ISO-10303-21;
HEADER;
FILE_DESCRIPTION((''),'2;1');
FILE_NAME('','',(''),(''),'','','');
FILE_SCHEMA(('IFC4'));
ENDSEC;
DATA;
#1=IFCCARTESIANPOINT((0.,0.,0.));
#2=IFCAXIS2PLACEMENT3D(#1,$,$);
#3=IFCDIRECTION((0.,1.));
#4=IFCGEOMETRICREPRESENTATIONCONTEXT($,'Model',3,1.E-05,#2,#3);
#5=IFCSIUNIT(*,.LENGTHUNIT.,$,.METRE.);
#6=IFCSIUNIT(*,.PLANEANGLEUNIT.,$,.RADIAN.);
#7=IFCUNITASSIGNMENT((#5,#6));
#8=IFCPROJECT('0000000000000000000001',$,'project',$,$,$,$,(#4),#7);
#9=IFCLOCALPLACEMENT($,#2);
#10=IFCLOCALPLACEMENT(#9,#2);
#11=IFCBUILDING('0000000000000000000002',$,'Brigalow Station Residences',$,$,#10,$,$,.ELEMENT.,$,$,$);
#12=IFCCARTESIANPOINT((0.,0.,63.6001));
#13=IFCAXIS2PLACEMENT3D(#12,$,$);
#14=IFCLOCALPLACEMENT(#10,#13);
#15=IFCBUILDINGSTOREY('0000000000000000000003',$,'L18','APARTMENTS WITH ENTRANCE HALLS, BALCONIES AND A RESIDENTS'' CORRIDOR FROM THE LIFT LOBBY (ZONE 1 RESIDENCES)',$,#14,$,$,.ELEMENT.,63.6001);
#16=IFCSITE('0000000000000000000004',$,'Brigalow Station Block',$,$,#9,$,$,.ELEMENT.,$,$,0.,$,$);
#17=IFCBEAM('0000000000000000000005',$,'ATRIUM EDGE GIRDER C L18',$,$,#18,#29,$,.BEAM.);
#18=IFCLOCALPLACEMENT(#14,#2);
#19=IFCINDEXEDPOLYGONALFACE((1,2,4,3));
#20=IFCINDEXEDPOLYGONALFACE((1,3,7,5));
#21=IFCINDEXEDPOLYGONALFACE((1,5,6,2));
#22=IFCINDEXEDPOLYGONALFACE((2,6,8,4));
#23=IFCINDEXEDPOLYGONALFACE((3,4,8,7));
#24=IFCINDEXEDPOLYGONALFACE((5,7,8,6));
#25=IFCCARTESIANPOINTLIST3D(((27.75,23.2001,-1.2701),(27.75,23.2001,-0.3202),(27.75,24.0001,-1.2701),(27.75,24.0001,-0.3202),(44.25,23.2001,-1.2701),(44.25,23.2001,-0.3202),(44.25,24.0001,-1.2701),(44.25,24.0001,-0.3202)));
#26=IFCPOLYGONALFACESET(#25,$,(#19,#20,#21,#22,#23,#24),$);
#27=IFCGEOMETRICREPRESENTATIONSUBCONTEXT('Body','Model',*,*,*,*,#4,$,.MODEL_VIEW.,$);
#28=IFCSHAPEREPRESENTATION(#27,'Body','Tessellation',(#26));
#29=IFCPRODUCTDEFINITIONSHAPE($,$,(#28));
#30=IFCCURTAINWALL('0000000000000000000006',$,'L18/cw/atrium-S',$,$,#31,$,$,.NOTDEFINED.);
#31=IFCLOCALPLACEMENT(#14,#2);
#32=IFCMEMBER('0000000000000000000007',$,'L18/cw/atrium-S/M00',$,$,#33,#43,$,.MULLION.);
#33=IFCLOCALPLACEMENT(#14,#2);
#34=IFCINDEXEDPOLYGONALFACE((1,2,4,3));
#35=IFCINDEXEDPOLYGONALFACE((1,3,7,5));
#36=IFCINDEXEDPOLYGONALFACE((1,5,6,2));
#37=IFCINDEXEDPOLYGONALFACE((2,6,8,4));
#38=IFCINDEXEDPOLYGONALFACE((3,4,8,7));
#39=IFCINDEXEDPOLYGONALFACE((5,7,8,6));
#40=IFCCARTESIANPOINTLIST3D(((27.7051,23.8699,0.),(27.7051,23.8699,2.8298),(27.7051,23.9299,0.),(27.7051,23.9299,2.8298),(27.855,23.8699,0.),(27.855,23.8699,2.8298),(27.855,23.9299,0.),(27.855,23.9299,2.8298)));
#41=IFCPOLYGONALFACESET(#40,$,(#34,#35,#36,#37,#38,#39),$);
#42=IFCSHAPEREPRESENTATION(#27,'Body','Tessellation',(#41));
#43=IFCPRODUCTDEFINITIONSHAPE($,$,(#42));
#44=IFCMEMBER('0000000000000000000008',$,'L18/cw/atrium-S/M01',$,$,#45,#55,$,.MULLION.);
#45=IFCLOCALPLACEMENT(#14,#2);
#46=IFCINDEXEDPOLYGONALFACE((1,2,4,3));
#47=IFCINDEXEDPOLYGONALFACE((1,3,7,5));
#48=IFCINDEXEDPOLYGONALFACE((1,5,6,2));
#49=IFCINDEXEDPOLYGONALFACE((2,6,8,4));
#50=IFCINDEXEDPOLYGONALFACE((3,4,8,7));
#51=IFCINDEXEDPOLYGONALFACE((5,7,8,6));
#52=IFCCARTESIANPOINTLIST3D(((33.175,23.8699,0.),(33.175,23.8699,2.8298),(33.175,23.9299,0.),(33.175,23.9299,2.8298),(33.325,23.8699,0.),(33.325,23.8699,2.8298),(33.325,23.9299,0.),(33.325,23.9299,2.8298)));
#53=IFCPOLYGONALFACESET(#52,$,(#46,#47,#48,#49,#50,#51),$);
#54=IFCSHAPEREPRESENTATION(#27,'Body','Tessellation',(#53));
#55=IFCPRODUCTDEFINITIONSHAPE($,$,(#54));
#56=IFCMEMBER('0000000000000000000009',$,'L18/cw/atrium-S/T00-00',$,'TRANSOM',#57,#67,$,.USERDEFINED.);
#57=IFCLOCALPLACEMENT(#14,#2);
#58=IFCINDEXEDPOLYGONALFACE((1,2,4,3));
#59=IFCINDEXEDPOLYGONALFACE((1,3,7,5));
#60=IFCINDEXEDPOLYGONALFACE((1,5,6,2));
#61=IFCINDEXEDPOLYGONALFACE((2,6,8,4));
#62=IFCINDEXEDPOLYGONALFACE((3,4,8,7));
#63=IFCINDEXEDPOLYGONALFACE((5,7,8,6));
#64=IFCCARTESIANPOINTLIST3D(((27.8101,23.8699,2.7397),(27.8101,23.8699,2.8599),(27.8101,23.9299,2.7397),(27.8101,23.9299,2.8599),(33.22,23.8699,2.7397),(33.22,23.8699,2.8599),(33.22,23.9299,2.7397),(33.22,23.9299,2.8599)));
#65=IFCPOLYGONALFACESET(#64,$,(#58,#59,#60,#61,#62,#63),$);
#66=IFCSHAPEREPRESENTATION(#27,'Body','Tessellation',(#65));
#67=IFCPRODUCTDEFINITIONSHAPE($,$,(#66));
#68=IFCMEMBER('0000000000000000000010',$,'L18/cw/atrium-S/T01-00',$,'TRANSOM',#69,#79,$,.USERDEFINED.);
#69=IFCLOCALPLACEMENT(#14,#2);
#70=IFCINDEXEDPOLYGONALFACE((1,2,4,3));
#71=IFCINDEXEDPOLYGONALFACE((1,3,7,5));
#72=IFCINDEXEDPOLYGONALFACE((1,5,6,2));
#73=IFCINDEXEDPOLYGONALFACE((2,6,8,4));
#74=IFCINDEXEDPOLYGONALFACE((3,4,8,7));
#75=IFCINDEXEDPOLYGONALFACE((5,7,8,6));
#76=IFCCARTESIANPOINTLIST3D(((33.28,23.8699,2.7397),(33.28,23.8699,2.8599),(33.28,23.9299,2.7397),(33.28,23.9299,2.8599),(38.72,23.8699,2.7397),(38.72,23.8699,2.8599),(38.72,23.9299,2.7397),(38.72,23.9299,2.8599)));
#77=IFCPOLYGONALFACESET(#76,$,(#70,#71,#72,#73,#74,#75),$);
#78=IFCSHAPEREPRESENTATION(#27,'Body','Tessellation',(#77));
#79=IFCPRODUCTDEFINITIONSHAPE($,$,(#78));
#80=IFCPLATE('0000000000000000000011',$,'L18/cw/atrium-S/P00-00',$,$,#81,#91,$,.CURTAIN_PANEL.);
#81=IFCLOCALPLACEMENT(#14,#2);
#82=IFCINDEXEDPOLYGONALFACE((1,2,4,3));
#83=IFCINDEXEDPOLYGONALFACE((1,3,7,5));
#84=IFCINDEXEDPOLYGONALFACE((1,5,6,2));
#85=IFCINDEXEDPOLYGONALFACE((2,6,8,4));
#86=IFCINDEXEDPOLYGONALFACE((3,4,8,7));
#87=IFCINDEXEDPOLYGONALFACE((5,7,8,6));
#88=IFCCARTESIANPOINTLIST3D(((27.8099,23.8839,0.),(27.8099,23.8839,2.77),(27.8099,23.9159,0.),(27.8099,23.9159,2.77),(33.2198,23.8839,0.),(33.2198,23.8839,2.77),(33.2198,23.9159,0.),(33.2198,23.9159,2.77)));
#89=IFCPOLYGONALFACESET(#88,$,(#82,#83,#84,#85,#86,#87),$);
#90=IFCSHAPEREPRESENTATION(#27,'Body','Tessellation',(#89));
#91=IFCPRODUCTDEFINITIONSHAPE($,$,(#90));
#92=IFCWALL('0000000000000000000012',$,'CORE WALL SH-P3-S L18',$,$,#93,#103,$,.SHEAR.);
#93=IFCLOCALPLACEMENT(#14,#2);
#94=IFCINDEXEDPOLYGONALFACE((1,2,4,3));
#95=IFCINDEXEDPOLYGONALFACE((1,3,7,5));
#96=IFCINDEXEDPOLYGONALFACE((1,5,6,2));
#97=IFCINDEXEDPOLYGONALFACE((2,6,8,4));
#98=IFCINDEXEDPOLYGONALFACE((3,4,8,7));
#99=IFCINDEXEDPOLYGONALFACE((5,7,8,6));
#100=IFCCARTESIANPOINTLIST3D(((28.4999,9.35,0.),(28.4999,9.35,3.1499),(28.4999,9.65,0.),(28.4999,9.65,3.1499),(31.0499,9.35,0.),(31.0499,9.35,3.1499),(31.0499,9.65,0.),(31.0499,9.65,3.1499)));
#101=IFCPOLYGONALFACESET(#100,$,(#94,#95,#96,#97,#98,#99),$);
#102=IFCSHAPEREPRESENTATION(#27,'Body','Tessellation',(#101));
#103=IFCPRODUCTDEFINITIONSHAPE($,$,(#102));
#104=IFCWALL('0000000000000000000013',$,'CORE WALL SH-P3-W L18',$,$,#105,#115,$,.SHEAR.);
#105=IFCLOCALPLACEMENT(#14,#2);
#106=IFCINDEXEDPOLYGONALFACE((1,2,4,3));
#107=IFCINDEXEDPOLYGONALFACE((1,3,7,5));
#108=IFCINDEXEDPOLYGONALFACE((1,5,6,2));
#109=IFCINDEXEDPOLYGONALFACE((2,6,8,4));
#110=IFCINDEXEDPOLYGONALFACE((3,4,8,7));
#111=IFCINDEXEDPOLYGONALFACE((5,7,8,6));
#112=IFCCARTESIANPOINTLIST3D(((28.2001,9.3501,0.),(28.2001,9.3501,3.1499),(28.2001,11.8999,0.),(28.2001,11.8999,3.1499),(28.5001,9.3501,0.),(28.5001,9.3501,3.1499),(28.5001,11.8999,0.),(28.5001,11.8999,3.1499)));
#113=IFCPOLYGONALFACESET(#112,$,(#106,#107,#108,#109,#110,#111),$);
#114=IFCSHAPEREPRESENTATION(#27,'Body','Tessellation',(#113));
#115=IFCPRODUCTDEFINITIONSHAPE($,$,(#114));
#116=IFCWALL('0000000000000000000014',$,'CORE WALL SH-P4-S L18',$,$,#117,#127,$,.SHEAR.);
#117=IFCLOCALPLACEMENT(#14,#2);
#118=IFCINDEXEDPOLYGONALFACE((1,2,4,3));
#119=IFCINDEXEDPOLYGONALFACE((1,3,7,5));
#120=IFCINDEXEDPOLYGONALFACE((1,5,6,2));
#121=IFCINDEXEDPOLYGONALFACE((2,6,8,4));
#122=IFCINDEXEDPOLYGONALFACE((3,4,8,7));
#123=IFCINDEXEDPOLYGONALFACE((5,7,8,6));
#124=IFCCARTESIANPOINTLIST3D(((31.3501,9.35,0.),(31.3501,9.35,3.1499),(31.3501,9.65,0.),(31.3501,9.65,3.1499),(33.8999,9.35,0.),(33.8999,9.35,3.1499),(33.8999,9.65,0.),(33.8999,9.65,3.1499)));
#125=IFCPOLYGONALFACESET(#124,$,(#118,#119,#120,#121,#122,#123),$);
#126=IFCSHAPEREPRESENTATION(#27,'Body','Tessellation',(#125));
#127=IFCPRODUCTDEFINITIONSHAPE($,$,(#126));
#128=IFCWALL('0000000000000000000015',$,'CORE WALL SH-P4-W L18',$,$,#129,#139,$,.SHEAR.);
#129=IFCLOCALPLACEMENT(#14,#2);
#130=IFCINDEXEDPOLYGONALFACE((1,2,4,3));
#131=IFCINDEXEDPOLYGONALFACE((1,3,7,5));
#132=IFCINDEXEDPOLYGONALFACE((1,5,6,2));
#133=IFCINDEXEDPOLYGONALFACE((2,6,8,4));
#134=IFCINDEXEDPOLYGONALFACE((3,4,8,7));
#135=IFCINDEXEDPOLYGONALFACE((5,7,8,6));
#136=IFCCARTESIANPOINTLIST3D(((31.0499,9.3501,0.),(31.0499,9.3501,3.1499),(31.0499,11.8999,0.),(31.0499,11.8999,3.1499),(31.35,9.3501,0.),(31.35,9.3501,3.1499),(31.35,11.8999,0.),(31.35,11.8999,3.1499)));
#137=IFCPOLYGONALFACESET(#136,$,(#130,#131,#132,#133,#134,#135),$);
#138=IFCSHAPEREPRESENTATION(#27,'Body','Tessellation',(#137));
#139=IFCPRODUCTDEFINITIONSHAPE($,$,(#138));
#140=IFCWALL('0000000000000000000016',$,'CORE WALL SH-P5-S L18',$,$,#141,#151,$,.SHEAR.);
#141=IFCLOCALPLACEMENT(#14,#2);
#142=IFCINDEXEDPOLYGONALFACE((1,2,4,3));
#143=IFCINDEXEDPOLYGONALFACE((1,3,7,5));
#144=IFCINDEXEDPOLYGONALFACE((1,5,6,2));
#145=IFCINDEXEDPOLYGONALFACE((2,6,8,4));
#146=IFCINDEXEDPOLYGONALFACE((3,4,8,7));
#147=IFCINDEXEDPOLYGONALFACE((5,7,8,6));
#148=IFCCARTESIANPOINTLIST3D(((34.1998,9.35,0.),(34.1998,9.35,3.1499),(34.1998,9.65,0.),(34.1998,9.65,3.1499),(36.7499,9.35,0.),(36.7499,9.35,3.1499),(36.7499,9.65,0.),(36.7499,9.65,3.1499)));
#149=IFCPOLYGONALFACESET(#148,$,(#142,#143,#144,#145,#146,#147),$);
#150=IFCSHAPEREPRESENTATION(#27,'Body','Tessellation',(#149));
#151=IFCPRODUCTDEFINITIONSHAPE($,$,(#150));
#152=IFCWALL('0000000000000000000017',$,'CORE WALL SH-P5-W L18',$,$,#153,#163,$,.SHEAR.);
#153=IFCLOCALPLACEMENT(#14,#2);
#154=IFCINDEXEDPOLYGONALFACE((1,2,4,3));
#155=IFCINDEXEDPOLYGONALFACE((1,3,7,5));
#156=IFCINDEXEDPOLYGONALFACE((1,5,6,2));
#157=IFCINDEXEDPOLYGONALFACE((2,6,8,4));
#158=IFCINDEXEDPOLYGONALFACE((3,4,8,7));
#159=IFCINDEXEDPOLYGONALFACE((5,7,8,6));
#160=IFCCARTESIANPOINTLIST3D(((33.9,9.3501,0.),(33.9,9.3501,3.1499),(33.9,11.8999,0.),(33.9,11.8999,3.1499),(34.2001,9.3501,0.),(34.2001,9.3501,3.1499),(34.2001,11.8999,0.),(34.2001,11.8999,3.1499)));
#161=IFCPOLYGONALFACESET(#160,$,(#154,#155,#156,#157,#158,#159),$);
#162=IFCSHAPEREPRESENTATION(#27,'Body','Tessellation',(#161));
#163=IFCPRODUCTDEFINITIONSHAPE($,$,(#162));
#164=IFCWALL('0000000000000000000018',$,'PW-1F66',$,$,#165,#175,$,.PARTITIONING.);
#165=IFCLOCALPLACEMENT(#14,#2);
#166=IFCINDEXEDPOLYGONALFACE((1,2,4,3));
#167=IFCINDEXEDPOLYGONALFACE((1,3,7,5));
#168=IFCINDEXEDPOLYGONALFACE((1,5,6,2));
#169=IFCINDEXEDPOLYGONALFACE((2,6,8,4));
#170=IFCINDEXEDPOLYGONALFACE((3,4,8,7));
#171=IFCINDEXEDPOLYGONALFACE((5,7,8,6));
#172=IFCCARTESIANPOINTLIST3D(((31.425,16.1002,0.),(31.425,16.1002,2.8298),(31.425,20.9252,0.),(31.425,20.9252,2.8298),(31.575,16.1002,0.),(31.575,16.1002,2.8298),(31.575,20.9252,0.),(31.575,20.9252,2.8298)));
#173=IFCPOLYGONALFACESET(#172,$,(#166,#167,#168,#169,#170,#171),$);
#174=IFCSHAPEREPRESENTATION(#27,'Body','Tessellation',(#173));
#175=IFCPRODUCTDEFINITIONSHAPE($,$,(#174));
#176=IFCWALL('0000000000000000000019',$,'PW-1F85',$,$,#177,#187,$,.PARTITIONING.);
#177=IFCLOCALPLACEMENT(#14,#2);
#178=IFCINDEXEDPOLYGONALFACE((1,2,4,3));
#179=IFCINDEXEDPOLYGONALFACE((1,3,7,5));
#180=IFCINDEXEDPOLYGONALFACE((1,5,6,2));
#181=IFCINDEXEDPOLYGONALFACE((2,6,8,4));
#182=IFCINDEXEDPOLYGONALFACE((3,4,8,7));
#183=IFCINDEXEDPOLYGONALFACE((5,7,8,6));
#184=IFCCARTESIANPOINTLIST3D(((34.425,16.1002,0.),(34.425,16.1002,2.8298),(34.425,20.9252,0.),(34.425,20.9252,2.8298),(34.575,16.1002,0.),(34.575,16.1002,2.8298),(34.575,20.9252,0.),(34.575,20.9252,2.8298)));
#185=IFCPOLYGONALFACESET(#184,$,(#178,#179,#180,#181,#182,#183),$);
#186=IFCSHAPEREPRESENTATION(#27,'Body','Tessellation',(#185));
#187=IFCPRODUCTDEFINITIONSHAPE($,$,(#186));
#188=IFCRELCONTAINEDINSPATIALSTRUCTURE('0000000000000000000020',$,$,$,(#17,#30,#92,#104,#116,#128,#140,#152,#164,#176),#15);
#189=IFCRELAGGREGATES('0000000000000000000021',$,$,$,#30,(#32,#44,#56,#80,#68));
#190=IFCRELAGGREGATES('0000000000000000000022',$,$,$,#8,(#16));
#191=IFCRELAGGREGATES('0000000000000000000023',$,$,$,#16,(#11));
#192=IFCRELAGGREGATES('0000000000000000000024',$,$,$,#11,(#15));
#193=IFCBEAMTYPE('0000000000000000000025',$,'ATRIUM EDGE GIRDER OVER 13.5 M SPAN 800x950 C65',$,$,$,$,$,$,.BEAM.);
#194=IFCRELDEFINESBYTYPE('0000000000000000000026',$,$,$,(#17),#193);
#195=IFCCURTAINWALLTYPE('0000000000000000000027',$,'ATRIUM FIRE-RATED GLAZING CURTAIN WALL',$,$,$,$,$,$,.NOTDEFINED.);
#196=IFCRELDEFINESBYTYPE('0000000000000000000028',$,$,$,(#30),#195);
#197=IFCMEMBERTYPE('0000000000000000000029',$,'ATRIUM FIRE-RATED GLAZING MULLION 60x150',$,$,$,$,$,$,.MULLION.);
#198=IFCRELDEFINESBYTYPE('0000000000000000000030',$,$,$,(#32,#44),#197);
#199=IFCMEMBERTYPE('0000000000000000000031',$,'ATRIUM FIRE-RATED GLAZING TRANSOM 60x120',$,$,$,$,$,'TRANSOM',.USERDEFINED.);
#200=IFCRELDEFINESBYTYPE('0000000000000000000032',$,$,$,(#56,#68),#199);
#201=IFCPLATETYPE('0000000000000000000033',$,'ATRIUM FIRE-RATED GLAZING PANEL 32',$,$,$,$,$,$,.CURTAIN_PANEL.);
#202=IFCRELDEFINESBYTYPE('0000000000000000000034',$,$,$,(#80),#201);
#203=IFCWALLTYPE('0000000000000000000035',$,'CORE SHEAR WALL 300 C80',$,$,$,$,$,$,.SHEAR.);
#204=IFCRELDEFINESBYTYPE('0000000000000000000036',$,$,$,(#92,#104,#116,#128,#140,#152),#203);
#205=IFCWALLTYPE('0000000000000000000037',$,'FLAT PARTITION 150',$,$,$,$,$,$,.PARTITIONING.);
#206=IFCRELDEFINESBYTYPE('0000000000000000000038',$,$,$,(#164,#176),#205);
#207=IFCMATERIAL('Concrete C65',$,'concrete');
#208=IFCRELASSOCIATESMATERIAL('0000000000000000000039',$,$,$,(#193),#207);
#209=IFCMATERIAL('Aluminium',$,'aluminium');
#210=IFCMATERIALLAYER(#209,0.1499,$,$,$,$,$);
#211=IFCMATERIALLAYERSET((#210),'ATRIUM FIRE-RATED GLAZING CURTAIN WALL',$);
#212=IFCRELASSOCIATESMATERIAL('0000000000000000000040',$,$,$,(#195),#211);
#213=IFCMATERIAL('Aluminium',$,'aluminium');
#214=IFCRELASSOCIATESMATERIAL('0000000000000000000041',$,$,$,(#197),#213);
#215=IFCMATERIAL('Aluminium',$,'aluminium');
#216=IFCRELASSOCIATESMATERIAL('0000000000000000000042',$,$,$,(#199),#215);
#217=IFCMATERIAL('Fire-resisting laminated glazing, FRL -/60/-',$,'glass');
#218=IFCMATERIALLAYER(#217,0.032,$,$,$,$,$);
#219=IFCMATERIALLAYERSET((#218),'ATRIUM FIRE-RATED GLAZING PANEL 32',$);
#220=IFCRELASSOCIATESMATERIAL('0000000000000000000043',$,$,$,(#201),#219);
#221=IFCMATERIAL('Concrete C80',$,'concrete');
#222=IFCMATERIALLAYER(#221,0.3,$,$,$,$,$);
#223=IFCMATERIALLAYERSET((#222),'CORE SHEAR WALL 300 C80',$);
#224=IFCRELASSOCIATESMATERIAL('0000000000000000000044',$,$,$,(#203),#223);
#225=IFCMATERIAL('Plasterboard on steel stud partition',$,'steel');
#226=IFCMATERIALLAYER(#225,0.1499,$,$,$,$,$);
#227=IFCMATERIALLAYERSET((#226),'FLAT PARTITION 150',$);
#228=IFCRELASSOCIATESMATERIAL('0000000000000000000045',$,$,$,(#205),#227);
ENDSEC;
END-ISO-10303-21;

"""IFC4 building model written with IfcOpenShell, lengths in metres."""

from ifc_helpers import new_model, si_unit, direction, frame, frame_2d, origin, origin_2d, place, context, subcontext, project, spatial, rectangle, extrude, material, layer, layer_set, material_profile, profile_set, type_object, element, aggregate, save


model = new_model("IFC4")

# Units and contexts
model_context = context("Model", 3, precision=1e-05, world=origin(), true_north=direction((0.0, 1.0)))
body_context = subcontext(model_context, "Body", "Model", "MODEL_VIEW")
ifc_project = project(units=[si_unit("LENGTHUNIT", "METRE"), si_unit("PLANEANGLEUNIT", "RADIAN")], contexts=[model_context])

# Site, building, storey
site_placement = place(None, origin())
site = spatial("IfcSite", under=ifc_project, at=site_placement, Name="Brigalow Station Block", CompositionType="ELEMENT", RefElevation=0.0)
building_placement = place(site_placement, origin())
building = spatial("IfcBuilding", under=site, at=building_placement, Name="Brigalow Station Residences", CompositionType="ELEMENT")
storey_placement = place(building_placement, frame((0.0, 0.0, 63.6001)))
storey = spatial("IfcBuildingStorey", under=building, at=storey_placement, Name="L18", Description="APARTMENTS WITH ENTRANCE HALLS, BALCONIES AND A RESIDENTS' CORRIDOR FROM THE LIFT LOBBY (ZONE 1 RESIDENCES)", CompositionType="ELEMENT", Elevation=63.6001)

# Beam
ifc_material_1 = material(Name="Concrete C65", Category="concrete")
ifc_material_profile_1 = material_profile(ifc_material_1, rectangle(XDim=0.8, YDim=0.95, at=origin_2d()), Name="RC800x950")
ifc_profile_set_1 = profile_set([ifc_material_profile_1], Name="Concrete C65")
beam_type = type_object("IfcBeamType", Name="ATRIUM EDGE GIRDER OVER 13.5 M SPAN 800x950 C65", PredefinedType="BEAM", material=ifc_profile_set_1)
beam_placement = place(storey_placement, frame((27.75, 23.6001, -0.7952), z_axis=(1.0, 0.0, 0.0), x_axis=(0.0, 1.0, 0.0)))
element("IfcBeam", 1, at=beam_placement, inside=storey, type_object=beam_type, Name="ATRIUM EDGE GIRDER C L18", PredefinedType="BEAM", context=body_context, shape_type="SweptSolid", body=[
    extrude(rectangle(XDim=0.8, YDim=0.95, at=origin_2d()), origin(), (0.0, 0.0, 1.0), 16.5),
])

# Curtain wall, members, plate
ifc_material_2 = material(Name="Aluminium", Category="aluminium")
ifc_layer_1 = layer(ifc_material_2, 0.1499)
ifc_layer_set_1 = layer_set([ifc_layer_1], Name="ATRIUM FIRE-RATED GLAZING CURTAIN WALL")
curtain_wall_type = type_object("IfcCurtainWallType", Name="ATRIUM FIRE-RATED GLAZING CURTAIN WALL", PredefinedType="NOTDEFINED", material=ifc_layer_set_1)
curtain_wall_placement = place(storey_placement, origin())
curtain_wall = element("IfcCurtainWall", 2, at=curtain_wall_placement, inside=storey, type_object=curtain_wall_type, Name="L18/cw/atrium-S", PredefinedType="NOTDEFINED")
ifc_material_3 = material(Name="Aluminium", Category="aluminium")
ifc_material_profile_2 = material_profile(ifc_material_3, rectangle(XDim=0.0601, YDim=0.1499, at=origin_2d()), Name="ATRIUM FIRE-RATED GLAZING MULLION 60x150")
ifc_profile_set_2 = profile_set([ifc_material_profile_2], Name="Aluminium")
member_type_1 = type_object("IfcMemberType", Name="ATRIUM FIRE-RATED GLAZING MULLION 60x150", PredefinedType="MULLION", material=ifc_profile_set_2)
member_1_placement = place(storey_placement, frame((27.78, 23.8999, 0.0), z_axis=(0.0, 0.0, 1.0), x_axis=(0.0, 1.0, 0.0)))
member_1 = element("IfcMember", 3, at=member_1_placement, type_object=member_type_1, Name="L18/cw/atrium-S/M00", PredefinedType="MULLION", context=body_context, shape_type="SweptSolid", body=[
    extrude(rectangle(XDim=0.0601, YDim=0.1499, at=origin_2d()), origin(), (0.0, 0.0, 1.0), 2.8298),
])
member_2_placement = place(storey_placement, frame((33.25, 23.8999, 0.0), z_axis=(0.0, 0.0, 1.0), x_axis=(0.0, 1.0, 0.0)))
member_2 = element("IfcMember", 4, at=member_2_placement, type_object=member_type_1, Name="L18/cw/atrium-S/M01", PredefinedType="MULLION", context=body_context, shape_type="SweptSolid", body=[
    extrude(rectangle(XDim=0.0601, YDim=0.1499, at=origin_2d()), origin(), (0.0, 0.0, 1.0), 2.8298),
])
ifc_material_4 = material(Name="Aluminium", Category="aluminium")
ifc_material_profile_3 = material_profile(ifc_material_4, rectangle(XDim=0.0601, YDim=0.1201, at=origin_2d()), Name="ATRIUM FIRE-RATED GLAZING TRANSOM 60x120")
ifc_profile_set_3 = profile_set([ifc_material_profile_3], Name="Aluminium")
member_type_2 = type_object("IfcMemberType", Name="ATRIUM FIRE-RATED GLAZING TRANSOM 60x120", ElementType="TRANSOM", PredefinedType="USERDEFINED", material=ifc_profile_set_3)
member_3_placement = place(storey_placement, frame((27.8101, 23.8999, 2.7998), z_axis=(1.0, 0.0, 0.0), x_axis=(0.0, 1.0, 0.0)))
member_3 = element("IfcMember", 5, at=member_3_placement, type_object=member_type_2, Name="L18/cw/atrium-S/T00-00", ObjectType="TRANSOM", PredefinedType="USERDEFINED", context=body_context, shape_type="SweptSolid", body=[
    extrude(rectangle(XDim=0.0601, YDim=0.1201, at=origin_2d()), origin(), (0.0, 0.0, 1.0), 5.4099),
])
member_4_placement = place(storey_placement, frame((33.28, 23.8999, 2.7998), z_axis=(1.0, 0.0, 0.0), x_axis=(0.0, 1.0, 0.0)))
member_4 = element("IfcMember", 6, at=member_4_placement, type_object=member_type_2, Name="L18/cw/atrium-S/T01-00", ObjectType="TRANSOM", PredefinedType="USERDEFINED", context=body_context, shape_type="SweptSolid", body=[
    extrude(rectangle(XDim=0.0601, YDim=0.1201, at=origin_2d()), origin(), (0.0, 0.0, 1.0), 5.4399),
])
ifc_material_5 = material(Name="Fire-resisting laminated glazing, FRL -/60/-", Category="glass")
ifc_layer_2 = layer(ifc_material_5, 0.032)
ifc_layer_set_2 = layer_set([ifc_layer_2], Name="ATRIUM FIRE-RATED GLAZING PANEL 32")
plate_type = type_object("IfcPlateType", Name="ATRIUM FIRE-RATED GLAZING PANEL 32", PredefinedType="CURTAIN_PANEL", material=ifc_layer_set_2)
plate_placement = place(storey_placement, frame((30.5149, 23.8999, 0.0), z_axis=(0.0, 0.0, 1.0), x_axis=(1.0, 0.0, 0.0)))
plate = element("IfcPlate", 7, at=plate_placement, type_object=plate_type, Name="L18/cw/atrium-S/P00-00", PredefinedType="CURTAIN_PANEL", context=body_context, shape_type="SweptSolid", body=[
    extrude(rectangle(XDim=5.4099, YDim=0.032, at=origin_2d()), origin(), (0.0, 0.0, 1.0), 2.77),
])
aggregate(curtain_wall, [member_1, member_2, member_3, plate, member_4])

# Walls
ifc_material_6 = material(Name="Concrete C80", Category="concrete")
ifc_layer_3 = layer(ifc_material_6, 0.3)
ifc_layer_set_3 = layer_set([ifc_layer_3], Name="CORE SHEAR WALL 300 C80")
wall_type_1 = type_object("IfcWallType", Name="CORE SHEAR WALL 300 C80", PredefinedType="SHEAR", material=ifc_layer_set_3)
wall_1_placement = place(storey_placement, frame((28.5, 9.5, 0.0), z_axis=(0.0, 0.0, 1.0), x_axis=(1.0, 0.0, 0.0)))
element("IfcWall", 8, at=wall_1_placement, inside=storey, type_object=wall_type_1, Name="CORE WALL SH-P3-S L18", PredefinedType="SHEAR", context=body_context, shape_type="SweptSolid", body=[
    extrude(rectangle(XDim=2.55, YDim=0.3, at=frame_2d((1.2749, 0.0))), origin(), (0.0, 0.0, 1.0), 3.1499),
])
for number, where, z_axis, x_axis, name in (
    (9, (28.3501, 9.3501, 0.0), (0.0, 0.0, 1.0), (0.0, 1.0, 0.0), "CORE WALL SH-P3-W L18"),
    (10, (31.3501, 9.5, 0.0), (0.0, 0.0, 1.0), (1.0, 0.0, 0.0), "CORE WALL SH-P4-S L18"),
    (11, (31.2, 9.3501, 0.0), (0.0, 0.0, 1.0), (0.0, 1.0, 0.0), "CORE WALL SH-P4-W L18"),
):
    element("IfcWall", number, at=place(storey_placement, frame(where, z_axis=z_axis, x_axis=x_axis)), inside=storey, type_object=wall_type_1, Name=name, PredefinedType="SHEAR", context=body_context, shape_type="SweptSolid", body=[
        extrude(rectangle(XDim=2.5498, YDim=0.3, at=frame_2d((1.2749, 0.0))), origin(), (0.0, 0.0, 1.0), 3.1499),
    ])
wall_2_placement = place(storey_placement, frame((34.2, 9.5, 0.0), z_axis=(0.0, 0.0, 1.0), x_axis=(1.0, 0.0, 0.0)))
element("IfcWall", 12, at=wall_2_placement, inside=storey, type_object=wall_type_1, Name="CORE WALL SH-P5-S L18", PredefinedType="SHEAR", context=body_context, shape_type="SweptSolid", body=[
    extrude(rectangle(XDim=2.55, YDim=0.3, at=frame_2d((1.2749, 0.0))), origin(), (0.0, 0.0, 1.0), 3.1499),
])
wall_3_placement = place(storey_placement, frame((34.05, 9.3501, 0.0), z_axis=(0.0, 0.0, 1.0), x_axis=(0.0, 1.0, 0.0)))
element("IfcWall", 13, at=wall_3_placement, inside=storey, type_object=wall_type_1, Name="CORE WALL SH-P5-W L18", PredefinedType="SHEAR", context=body_context, shape_type="SweptSolid", body=[
    extrude(rectangle(XDim=2.5498, YDim=0.3, at=frame_2d((1.2749, 0.0))), origin(), (0.0, 0.0, 1.0), 3.1499),
])
ifc_material_7 = material(Name="Plasterboard on steel stud partition", Category="steel")
ifc_layer_4 = layer(ifc_material_7, 0.1499)
ifc_layer_set_4 = layer_set([ifc_layer_4], Name="FLAT PARTITION 150")
wall_type_2 = type_object("IfcWallType", Name="FLAT PARTITION 150", PredefinedType="PARTITIONING", material=ifc_layer_set_4)
for number, where, z_axis, x_axis, name in (
    (14, (31.5, 16.1001, 0.0), (0.0, 0.0, 1.0), (0.0, 1.0, 0.0), "PW-1F66"),
    (15, (34.5, 16.1001, 0.0), (0.0, 0.0, 1.0), (0.0, 1.0, 0.0), "PW-1F85"),
):
    element("IfcWall", number, at=place(storey_placement, frame(where, z_axis=z_axis, x_axis=x_axis)), inside=storey, type_object=wall_type_2, Name=name, PredefinedType="PARTITIONING", context=body_context, shape_type="SweptSolid", body=[
        extrude(rectangle(XDim=4.825, YDim=0.1499, at=frame_2d((2.4126, 0.0))), origin(), (0.0, 0.0, 1.0), 2.8298),
    ])

save(model, "model.ifc")
